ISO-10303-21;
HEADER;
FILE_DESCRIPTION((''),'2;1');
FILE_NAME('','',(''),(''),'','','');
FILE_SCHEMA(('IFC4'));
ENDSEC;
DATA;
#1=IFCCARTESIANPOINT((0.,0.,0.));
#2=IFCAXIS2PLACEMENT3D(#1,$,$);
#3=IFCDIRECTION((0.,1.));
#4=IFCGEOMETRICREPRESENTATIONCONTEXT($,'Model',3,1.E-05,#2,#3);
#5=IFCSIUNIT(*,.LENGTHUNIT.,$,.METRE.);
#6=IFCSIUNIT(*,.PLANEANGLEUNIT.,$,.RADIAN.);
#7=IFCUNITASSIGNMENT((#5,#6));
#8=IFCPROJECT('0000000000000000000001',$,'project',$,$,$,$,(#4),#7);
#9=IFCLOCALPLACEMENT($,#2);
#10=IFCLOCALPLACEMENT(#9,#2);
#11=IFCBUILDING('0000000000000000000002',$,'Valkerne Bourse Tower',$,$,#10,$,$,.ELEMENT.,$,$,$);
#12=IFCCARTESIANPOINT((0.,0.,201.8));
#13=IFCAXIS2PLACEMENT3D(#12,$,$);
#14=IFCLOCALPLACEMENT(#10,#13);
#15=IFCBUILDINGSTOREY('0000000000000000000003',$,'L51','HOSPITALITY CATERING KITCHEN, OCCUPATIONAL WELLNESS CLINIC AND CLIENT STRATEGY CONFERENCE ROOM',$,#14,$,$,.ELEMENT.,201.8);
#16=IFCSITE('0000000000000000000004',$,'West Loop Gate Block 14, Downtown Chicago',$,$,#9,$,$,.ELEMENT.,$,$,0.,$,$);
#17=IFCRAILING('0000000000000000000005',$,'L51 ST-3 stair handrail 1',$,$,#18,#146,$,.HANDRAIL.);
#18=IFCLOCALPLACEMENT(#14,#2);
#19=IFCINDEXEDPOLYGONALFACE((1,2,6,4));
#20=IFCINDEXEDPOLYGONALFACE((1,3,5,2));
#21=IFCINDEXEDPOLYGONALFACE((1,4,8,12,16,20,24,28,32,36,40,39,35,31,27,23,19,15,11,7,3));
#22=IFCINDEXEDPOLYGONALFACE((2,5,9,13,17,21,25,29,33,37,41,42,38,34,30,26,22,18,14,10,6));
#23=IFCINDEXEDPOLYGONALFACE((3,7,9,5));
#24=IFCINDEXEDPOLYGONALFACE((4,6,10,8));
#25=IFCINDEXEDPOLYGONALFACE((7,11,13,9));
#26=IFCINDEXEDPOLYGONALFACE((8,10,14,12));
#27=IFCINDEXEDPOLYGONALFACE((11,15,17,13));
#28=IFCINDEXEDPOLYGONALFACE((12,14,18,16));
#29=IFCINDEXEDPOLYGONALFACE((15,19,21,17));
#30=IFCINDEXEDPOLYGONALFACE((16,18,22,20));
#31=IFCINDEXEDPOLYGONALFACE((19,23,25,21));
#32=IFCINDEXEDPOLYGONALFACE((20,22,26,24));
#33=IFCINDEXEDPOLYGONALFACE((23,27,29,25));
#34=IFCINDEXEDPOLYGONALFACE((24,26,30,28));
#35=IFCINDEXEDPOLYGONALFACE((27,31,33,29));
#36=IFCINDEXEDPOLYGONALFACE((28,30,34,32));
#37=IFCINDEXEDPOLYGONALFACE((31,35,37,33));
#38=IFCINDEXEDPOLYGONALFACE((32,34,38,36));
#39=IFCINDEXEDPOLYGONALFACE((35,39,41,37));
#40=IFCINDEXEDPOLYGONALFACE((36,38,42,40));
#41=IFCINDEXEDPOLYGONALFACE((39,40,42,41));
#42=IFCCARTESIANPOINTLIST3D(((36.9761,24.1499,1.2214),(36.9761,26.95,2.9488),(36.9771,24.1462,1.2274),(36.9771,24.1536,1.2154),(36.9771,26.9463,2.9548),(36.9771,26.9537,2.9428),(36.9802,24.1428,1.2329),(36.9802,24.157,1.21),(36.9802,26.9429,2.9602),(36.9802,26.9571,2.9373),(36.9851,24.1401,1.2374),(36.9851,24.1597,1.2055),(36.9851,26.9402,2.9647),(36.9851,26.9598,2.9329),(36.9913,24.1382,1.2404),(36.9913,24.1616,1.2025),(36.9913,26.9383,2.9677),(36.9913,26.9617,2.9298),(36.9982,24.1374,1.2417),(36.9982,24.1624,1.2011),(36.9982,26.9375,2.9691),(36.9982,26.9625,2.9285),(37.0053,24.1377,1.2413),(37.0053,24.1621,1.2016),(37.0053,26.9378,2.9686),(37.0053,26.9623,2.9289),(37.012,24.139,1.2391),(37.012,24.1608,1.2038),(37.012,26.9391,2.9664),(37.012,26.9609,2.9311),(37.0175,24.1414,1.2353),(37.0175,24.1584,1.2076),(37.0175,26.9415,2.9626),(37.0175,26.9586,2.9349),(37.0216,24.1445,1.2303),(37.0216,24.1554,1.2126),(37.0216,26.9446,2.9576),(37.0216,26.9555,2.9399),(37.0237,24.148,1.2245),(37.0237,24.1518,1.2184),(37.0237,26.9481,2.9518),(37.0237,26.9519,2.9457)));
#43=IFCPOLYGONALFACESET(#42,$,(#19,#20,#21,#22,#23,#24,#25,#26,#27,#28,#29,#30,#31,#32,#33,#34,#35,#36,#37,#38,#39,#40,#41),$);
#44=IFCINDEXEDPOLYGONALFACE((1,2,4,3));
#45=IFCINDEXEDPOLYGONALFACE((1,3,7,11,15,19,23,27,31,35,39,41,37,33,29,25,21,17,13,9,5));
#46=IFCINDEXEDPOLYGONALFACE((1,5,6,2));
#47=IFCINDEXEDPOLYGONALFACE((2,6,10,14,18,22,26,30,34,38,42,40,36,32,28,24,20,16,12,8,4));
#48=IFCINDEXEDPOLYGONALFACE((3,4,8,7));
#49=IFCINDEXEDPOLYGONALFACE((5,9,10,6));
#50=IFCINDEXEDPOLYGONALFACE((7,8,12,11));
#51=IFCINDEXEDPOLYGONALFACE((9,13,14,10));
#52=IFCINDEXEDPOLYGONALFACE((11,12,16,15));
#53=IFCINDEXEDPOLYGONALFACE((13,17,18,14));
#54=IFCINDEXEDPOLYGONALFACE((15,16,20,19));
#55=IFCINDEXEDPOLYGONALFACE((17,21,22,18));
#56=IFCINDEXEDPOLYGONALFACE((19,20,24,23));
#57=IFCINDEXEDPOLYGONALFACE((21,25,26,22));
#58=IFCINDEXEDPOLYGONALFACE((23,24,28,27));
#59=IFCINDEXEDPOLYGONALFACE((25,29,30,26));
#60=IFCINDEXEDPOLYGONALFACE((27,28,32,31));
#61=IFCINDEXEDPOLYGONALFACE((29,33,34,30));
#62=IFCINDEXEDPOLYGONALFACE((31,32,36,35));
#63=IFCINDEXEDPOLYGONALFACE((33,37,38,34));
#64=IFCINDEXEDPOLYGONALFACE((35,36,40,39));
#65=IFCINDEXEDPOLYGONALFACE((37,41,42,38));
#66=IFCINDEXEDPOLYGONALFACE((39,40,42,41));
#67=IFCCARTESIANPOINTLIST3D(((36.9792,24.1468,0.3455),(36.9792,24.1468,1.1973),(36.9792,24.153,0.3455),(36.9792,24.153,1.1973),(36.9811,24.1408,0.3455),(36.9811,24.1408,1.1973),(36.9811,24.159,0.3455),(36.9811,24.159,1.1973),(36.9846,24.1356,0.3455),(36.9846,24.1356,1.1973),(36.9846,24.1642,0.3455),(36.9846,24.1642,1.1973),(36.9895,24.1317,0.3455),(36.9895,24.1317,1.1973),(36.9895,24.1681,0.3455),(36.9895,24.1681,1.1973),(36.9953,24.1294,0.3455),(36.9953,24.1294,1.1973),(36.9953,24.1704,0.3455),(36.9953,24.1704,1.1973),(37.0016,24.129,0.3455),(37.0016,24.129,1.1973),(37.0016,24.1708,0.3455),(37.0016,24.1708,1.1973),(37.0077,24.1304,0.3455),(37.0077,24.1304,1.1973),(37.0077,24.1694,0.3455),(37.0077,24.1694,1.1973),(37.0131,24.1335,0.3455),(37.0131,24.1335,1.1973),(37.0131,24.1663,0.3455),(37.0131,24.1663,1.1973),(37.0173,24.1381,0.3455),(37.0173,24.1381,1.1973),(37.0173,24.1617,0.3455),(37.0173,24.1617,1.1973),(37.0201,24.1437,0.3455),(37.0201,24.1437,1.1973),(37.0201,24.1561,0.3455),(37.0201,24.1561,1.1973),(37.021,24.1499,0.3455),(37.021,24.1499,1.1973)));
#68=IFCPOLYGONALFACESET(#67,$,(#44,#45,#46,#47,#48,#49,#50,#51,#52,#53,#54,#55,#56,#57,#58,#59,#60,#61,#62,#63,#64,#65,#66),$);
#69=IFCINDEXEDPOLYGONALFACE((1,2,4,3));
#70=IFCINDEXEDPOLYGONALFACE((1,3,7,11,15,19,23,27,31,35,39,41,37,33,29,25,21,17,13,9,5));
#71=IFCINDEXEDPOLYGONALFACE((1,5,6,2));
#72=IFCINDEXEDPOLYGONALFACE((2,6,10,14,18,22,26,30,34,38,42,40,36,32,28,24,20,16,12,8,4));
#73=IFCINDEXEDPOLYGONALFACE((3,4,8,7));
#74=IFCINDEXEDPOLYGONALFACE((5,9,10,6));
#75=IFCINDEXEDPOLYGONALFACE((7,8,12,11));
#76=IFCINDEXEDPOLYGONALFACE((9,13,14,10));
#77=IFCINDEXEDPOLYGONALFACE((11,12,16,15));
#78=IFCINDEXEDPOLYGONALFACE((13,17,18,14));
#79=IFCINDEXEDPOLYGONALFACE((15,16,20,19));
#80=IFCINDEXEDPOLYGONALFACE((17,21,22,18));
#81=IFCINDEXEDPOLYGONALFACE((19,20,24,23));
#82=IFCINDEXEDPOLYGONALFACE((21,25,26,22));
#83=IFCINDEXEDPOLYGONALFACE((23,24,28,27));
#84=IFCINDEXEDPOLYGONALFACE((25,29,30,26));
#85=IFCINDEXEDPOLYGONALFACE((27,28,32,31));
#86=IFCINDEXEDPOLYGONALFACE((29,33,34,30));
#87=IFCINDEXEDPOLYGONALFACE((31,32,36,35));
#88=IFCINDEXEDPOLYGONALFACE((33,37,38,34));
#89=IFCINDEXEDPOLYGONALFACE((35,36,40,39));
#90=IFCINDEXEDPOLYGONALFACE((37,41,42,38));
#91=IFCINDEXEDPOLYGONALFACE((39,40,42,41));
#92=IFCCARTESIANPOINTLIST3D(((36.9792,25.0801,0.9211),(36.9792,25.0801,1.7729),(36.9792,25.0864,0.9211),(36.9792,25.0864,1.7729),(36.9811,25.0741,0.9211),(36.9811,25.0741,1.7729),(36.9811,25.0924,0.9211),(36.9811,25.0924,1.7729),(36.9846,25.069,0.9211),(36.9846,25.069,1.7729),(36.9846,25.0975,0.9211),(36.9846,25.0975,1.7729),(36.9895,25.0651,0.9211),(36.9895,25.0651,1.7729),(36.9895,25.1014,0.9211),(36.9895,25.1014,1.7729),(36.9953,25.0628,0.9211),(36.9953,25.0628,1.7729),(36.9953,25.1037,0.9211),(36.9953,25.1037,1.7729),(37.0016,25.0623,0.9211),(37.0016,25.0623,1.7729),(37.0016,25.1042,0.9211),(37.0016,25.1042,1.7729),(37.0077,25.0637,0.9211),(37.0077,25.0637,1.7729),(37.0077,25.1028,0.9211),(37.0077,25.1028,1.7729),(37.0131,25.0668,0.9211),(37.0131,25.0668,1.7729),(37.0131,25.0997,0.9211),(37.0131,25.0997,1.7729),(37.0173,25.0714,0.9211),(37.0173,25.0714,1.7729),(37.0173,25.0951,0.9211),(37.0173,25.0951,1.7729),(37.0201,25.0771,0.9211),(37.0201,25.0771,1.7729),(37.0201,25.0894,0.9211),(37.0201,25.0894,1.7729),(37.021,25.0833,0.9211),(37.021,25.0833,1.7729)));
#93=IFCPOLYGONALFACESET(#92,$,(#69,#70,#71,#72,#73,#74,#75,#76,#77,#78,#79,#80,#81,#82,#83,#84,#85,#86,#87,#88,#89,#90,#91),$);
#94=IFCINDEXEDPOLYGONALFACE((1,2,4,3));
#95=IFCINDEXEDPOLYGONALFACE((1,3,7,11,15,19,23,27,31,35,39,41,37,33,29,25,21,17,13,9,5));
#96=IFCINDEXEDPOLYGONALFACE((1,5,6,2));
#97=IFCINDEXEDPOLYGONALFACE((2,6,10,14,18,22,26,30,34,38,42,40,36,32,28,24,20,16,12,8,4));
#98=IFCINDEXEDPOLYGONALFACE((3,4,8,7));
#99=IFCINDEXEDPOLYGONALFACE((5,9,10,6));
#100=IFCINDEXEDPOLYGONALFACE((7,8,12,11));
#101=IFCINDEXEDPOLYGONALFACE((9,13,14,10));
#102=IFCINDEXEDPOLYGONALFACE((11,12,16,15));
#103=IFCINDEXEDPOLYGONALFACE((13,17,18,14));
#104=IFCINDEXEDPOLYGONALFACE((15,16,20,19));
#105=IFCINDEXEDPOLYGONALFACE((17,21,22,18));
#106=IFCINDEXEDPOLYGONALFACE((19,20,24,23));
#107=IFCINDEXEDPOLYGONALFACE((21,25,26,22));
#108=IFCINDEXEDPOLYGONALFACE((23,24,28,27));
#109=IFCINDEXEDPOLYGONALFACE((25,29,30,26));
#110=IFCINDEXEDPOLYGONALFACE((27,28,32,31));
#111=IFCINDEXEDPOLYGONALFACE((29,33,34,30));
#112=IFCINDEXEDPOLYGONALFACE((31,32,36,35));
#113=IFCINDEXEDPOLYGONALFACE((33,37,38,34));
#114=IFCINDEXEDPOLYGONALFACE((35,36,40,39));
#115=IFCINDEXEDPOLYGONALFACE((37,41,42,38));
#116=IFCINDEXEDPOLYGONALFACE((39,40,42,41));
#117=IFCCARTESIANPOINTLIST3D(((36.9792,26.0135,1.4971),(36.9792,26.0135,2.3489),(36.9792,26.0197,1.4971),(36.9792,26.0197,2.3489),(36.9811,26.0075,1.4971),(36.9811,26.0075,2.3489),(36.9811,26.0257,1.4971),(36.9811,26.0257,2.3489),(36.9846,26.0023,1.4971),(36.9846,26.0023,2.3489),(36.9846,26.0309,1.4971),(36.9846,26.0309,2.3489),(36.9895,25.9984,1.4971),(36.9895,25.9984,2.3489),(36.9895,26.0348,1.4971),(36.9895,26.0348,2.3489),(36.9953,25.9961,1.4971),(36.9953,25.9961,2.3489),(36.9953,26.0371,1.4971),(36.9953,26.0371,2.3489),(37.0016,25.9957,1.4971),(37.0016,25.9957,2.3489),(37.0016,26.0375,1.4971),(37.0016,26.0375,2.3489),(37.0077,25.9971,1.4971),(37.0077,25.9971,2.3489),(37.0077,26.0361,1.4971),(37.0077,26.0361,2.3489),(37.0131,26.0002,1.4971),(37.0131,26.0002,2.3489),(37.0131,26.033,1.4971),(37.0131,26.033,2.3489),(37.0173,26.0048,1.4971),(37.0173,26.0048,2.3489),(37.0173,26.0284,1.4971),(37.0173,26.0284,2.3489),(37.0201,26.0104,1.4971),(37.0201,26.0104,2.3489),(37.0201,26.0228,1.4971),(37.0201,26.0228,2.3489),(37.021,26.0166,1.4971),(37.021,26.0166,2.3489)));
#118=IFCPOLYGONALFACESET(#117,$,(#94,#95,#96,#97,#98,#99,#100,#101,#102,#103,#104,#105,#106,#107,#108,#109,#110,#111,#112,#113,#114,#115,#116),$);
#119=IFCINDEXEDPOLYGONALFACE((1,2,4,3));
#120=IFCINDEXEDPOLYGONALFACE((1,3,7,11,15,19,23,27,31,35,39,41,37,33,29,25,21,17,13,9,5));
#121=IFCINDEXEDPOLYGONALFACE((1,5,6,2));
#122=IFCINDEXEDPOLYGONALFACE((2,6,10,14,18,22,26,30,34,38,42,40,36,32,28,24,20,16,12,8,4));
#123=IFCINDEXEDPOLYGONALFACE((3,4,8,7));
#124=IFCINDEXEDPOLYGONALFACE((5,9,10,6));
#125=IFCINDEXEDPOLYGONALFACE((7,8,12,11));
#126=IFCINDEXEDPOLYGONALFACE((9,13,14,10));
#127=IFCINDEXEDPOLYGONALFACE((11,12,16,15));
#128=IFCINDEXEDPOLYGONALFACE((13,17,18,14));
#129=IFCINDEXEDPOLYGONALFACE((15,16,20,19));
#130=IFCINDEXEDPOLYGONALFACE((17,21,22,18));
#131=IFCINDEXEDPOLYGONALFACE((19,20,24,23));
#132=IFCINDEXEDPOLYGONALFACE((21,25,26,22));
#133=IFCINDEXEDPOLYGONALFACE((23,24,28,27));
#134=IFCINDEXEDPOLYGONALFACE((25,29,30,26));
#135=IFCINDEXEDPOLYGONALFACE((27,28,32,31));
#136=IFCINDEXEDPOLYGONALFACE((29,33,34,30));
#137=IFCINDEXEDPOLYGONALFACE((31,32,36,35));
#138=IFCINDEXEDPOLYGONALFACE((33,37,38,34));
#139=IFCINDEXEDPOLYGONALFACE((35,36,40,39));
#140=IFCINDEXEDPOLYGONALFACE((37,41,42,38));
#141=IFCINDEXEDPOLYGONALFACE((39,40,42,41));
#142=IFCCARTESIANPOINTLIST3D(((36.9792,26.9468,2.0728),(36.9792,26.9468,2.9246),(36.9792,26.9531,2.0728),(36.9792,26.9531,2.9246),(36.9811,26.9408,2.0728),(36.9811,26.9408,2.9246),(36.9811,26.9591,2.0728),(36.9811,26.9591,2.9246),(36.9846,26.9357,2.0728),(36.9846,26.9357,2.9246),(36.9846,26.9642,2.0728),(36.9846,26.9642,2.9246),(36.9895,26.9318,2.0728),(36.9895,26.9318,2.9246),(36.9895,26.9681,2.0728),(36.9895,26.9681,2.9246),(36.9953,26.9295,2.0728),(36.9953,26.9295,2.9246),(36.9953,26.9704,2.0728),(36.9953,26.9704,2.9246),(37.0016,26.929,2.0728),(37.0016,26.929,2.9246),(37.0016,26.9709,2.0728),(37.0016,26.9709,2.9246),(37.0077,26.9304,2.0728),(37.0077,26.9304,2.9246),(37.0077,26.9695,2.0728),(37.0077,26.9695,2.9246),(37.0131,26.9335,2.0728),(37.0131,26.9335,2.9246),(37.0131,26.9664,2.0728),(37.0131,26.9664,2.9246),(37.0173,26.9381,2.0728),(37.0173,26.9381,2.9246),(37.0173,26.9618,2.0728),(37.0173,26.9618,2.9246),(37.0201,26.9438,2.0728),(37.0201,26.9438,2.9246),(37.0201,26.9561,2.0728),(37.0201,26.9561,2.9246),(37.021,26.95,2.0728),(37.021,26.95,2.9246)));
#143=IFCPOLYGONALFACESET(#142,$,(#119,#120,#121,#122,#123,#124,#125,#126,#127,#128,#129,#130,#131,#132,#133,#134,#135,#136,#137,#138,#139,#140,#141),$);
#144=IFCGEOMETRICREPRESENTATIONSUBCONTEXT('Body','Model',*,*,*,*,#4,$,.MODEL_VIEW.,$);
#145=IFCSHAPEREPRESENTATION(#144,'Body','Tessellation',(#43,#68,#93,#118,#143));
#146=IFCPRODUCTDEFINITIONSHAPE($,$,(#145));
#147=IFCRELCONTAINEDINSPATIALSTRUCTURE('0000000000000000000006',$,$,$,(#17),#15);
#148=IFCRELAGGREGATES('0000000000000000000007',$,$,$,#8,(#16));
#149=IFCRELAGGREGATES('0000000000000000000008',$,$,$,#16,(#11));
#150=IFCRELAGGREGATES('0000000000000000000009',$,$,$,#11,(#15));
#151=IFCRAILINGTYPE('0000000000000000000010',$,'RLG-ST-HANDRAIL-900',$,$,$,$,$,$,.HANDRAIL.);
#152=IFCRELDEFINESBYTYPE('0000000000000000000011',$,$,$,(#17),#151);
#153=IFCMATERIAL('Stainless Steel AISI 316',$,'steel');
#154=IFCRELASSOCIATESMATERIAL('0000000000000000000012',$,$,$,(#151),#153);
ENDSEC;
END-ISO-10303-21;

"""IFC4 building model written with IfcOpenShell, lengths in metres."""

from ifc_helpers import new_model, si_unit, direction, frame, origin, origin_2d, place, context, subcontext, project, spatial, circle, extrude, material, type_object, element, save


model = new_model("IFC4")

# Units and contexts
model_context = context("Model", 3, precision=1e-05, world=origin(), true_north=direction((0.0, 1.0)))
body_context = subcontext(model_context, "Body", "Model", "MODEL_VIEW")
ifc_project = project(units=[si_unit("LENGTHUNIT", "METRE"), si_unit("PLANEANGLEUNIT", "RADIAN")], contexts=[model_context])

# Site, building, storey
site_placement = place(None, origin())
site = spatial("IfcSite", under=ifc_project, at=site_placement, Name="West Loop Gate Block 14, Downtown Chicago", CompositionType="ELEMENT", RefElevation=0.0)
building_placement = place(site_placement, origin())
building = spatial("IfcBuilding", under=site, at=building_placement, Name="Valkerne Bourse Tower", CompositionType="ELEMENT")
storey_placement = place(building_placement, frame((0.0, 0.0, 201.8)))
storey = spatial("IfcBuildingStorey", under=building, at=storey_placement, Name="L51", Description="HOSPITALITY CATERING KITCHEN, OCCUPATIONAL WELLNESS CLINIC AND CLIENT STRATEGY CONFERENCE ROOM", CompositionType="ELEMENT", Elevation=201.8)

# Railing
ifc_material_1 = material(Name="Stainless Steel AISI 316", Category="steel")
railing_type_1 = type_object("IfcRailingType", Name="RLG-ST-HANDRAIL-900", PredefinedType="HANDRAIL", material=ifc_material_1)
railing_1_placement = place(storey_placement, frame((37.0, 24.1499, 0.3455)))
element("IfcRailing", 1, at=railing_1_placement, inside=storey, type_object=railing_type_1, Name="L51 ST-3 stair handrail 1", PredefinedType="HANDRAIL", context=body_context, shape_type="SweptSolid", body=[
    extrude(circle(Radius=0.0239, at=origin_2d()), frame((0.0, 0.0, 0.876), z_axis=(0.0, 0.85109, 0.52502), x_axis=(-1.0, 0.0, 0.0)), (0.0, 0.0, 1.0), 3.29),
    extrude(circle(Radius=0.021, at=origin_2d()), origin(), (0.0, 0.0, 1.0), 0.8518),
    extrude(circle(Radius=0.021, at=origin_2d()), frame((0.0, 0.9333, 0.5757)), (0.0, 0.0, 1.0), 0.8518),
    extrude(circle(Radius=0.021, at=origin_2d()), frame((0.0, 1.8667, 1.1516)), (0.0, 0.0, 1.0), 0.8518),
    extrude(circle(Radius=0.021, at=origin_2d()), frame((0.0, 2.8, 1.7273)), (0.0, 0.0, 1.0), 0.8518),
])

save(model, "model.ifc")
